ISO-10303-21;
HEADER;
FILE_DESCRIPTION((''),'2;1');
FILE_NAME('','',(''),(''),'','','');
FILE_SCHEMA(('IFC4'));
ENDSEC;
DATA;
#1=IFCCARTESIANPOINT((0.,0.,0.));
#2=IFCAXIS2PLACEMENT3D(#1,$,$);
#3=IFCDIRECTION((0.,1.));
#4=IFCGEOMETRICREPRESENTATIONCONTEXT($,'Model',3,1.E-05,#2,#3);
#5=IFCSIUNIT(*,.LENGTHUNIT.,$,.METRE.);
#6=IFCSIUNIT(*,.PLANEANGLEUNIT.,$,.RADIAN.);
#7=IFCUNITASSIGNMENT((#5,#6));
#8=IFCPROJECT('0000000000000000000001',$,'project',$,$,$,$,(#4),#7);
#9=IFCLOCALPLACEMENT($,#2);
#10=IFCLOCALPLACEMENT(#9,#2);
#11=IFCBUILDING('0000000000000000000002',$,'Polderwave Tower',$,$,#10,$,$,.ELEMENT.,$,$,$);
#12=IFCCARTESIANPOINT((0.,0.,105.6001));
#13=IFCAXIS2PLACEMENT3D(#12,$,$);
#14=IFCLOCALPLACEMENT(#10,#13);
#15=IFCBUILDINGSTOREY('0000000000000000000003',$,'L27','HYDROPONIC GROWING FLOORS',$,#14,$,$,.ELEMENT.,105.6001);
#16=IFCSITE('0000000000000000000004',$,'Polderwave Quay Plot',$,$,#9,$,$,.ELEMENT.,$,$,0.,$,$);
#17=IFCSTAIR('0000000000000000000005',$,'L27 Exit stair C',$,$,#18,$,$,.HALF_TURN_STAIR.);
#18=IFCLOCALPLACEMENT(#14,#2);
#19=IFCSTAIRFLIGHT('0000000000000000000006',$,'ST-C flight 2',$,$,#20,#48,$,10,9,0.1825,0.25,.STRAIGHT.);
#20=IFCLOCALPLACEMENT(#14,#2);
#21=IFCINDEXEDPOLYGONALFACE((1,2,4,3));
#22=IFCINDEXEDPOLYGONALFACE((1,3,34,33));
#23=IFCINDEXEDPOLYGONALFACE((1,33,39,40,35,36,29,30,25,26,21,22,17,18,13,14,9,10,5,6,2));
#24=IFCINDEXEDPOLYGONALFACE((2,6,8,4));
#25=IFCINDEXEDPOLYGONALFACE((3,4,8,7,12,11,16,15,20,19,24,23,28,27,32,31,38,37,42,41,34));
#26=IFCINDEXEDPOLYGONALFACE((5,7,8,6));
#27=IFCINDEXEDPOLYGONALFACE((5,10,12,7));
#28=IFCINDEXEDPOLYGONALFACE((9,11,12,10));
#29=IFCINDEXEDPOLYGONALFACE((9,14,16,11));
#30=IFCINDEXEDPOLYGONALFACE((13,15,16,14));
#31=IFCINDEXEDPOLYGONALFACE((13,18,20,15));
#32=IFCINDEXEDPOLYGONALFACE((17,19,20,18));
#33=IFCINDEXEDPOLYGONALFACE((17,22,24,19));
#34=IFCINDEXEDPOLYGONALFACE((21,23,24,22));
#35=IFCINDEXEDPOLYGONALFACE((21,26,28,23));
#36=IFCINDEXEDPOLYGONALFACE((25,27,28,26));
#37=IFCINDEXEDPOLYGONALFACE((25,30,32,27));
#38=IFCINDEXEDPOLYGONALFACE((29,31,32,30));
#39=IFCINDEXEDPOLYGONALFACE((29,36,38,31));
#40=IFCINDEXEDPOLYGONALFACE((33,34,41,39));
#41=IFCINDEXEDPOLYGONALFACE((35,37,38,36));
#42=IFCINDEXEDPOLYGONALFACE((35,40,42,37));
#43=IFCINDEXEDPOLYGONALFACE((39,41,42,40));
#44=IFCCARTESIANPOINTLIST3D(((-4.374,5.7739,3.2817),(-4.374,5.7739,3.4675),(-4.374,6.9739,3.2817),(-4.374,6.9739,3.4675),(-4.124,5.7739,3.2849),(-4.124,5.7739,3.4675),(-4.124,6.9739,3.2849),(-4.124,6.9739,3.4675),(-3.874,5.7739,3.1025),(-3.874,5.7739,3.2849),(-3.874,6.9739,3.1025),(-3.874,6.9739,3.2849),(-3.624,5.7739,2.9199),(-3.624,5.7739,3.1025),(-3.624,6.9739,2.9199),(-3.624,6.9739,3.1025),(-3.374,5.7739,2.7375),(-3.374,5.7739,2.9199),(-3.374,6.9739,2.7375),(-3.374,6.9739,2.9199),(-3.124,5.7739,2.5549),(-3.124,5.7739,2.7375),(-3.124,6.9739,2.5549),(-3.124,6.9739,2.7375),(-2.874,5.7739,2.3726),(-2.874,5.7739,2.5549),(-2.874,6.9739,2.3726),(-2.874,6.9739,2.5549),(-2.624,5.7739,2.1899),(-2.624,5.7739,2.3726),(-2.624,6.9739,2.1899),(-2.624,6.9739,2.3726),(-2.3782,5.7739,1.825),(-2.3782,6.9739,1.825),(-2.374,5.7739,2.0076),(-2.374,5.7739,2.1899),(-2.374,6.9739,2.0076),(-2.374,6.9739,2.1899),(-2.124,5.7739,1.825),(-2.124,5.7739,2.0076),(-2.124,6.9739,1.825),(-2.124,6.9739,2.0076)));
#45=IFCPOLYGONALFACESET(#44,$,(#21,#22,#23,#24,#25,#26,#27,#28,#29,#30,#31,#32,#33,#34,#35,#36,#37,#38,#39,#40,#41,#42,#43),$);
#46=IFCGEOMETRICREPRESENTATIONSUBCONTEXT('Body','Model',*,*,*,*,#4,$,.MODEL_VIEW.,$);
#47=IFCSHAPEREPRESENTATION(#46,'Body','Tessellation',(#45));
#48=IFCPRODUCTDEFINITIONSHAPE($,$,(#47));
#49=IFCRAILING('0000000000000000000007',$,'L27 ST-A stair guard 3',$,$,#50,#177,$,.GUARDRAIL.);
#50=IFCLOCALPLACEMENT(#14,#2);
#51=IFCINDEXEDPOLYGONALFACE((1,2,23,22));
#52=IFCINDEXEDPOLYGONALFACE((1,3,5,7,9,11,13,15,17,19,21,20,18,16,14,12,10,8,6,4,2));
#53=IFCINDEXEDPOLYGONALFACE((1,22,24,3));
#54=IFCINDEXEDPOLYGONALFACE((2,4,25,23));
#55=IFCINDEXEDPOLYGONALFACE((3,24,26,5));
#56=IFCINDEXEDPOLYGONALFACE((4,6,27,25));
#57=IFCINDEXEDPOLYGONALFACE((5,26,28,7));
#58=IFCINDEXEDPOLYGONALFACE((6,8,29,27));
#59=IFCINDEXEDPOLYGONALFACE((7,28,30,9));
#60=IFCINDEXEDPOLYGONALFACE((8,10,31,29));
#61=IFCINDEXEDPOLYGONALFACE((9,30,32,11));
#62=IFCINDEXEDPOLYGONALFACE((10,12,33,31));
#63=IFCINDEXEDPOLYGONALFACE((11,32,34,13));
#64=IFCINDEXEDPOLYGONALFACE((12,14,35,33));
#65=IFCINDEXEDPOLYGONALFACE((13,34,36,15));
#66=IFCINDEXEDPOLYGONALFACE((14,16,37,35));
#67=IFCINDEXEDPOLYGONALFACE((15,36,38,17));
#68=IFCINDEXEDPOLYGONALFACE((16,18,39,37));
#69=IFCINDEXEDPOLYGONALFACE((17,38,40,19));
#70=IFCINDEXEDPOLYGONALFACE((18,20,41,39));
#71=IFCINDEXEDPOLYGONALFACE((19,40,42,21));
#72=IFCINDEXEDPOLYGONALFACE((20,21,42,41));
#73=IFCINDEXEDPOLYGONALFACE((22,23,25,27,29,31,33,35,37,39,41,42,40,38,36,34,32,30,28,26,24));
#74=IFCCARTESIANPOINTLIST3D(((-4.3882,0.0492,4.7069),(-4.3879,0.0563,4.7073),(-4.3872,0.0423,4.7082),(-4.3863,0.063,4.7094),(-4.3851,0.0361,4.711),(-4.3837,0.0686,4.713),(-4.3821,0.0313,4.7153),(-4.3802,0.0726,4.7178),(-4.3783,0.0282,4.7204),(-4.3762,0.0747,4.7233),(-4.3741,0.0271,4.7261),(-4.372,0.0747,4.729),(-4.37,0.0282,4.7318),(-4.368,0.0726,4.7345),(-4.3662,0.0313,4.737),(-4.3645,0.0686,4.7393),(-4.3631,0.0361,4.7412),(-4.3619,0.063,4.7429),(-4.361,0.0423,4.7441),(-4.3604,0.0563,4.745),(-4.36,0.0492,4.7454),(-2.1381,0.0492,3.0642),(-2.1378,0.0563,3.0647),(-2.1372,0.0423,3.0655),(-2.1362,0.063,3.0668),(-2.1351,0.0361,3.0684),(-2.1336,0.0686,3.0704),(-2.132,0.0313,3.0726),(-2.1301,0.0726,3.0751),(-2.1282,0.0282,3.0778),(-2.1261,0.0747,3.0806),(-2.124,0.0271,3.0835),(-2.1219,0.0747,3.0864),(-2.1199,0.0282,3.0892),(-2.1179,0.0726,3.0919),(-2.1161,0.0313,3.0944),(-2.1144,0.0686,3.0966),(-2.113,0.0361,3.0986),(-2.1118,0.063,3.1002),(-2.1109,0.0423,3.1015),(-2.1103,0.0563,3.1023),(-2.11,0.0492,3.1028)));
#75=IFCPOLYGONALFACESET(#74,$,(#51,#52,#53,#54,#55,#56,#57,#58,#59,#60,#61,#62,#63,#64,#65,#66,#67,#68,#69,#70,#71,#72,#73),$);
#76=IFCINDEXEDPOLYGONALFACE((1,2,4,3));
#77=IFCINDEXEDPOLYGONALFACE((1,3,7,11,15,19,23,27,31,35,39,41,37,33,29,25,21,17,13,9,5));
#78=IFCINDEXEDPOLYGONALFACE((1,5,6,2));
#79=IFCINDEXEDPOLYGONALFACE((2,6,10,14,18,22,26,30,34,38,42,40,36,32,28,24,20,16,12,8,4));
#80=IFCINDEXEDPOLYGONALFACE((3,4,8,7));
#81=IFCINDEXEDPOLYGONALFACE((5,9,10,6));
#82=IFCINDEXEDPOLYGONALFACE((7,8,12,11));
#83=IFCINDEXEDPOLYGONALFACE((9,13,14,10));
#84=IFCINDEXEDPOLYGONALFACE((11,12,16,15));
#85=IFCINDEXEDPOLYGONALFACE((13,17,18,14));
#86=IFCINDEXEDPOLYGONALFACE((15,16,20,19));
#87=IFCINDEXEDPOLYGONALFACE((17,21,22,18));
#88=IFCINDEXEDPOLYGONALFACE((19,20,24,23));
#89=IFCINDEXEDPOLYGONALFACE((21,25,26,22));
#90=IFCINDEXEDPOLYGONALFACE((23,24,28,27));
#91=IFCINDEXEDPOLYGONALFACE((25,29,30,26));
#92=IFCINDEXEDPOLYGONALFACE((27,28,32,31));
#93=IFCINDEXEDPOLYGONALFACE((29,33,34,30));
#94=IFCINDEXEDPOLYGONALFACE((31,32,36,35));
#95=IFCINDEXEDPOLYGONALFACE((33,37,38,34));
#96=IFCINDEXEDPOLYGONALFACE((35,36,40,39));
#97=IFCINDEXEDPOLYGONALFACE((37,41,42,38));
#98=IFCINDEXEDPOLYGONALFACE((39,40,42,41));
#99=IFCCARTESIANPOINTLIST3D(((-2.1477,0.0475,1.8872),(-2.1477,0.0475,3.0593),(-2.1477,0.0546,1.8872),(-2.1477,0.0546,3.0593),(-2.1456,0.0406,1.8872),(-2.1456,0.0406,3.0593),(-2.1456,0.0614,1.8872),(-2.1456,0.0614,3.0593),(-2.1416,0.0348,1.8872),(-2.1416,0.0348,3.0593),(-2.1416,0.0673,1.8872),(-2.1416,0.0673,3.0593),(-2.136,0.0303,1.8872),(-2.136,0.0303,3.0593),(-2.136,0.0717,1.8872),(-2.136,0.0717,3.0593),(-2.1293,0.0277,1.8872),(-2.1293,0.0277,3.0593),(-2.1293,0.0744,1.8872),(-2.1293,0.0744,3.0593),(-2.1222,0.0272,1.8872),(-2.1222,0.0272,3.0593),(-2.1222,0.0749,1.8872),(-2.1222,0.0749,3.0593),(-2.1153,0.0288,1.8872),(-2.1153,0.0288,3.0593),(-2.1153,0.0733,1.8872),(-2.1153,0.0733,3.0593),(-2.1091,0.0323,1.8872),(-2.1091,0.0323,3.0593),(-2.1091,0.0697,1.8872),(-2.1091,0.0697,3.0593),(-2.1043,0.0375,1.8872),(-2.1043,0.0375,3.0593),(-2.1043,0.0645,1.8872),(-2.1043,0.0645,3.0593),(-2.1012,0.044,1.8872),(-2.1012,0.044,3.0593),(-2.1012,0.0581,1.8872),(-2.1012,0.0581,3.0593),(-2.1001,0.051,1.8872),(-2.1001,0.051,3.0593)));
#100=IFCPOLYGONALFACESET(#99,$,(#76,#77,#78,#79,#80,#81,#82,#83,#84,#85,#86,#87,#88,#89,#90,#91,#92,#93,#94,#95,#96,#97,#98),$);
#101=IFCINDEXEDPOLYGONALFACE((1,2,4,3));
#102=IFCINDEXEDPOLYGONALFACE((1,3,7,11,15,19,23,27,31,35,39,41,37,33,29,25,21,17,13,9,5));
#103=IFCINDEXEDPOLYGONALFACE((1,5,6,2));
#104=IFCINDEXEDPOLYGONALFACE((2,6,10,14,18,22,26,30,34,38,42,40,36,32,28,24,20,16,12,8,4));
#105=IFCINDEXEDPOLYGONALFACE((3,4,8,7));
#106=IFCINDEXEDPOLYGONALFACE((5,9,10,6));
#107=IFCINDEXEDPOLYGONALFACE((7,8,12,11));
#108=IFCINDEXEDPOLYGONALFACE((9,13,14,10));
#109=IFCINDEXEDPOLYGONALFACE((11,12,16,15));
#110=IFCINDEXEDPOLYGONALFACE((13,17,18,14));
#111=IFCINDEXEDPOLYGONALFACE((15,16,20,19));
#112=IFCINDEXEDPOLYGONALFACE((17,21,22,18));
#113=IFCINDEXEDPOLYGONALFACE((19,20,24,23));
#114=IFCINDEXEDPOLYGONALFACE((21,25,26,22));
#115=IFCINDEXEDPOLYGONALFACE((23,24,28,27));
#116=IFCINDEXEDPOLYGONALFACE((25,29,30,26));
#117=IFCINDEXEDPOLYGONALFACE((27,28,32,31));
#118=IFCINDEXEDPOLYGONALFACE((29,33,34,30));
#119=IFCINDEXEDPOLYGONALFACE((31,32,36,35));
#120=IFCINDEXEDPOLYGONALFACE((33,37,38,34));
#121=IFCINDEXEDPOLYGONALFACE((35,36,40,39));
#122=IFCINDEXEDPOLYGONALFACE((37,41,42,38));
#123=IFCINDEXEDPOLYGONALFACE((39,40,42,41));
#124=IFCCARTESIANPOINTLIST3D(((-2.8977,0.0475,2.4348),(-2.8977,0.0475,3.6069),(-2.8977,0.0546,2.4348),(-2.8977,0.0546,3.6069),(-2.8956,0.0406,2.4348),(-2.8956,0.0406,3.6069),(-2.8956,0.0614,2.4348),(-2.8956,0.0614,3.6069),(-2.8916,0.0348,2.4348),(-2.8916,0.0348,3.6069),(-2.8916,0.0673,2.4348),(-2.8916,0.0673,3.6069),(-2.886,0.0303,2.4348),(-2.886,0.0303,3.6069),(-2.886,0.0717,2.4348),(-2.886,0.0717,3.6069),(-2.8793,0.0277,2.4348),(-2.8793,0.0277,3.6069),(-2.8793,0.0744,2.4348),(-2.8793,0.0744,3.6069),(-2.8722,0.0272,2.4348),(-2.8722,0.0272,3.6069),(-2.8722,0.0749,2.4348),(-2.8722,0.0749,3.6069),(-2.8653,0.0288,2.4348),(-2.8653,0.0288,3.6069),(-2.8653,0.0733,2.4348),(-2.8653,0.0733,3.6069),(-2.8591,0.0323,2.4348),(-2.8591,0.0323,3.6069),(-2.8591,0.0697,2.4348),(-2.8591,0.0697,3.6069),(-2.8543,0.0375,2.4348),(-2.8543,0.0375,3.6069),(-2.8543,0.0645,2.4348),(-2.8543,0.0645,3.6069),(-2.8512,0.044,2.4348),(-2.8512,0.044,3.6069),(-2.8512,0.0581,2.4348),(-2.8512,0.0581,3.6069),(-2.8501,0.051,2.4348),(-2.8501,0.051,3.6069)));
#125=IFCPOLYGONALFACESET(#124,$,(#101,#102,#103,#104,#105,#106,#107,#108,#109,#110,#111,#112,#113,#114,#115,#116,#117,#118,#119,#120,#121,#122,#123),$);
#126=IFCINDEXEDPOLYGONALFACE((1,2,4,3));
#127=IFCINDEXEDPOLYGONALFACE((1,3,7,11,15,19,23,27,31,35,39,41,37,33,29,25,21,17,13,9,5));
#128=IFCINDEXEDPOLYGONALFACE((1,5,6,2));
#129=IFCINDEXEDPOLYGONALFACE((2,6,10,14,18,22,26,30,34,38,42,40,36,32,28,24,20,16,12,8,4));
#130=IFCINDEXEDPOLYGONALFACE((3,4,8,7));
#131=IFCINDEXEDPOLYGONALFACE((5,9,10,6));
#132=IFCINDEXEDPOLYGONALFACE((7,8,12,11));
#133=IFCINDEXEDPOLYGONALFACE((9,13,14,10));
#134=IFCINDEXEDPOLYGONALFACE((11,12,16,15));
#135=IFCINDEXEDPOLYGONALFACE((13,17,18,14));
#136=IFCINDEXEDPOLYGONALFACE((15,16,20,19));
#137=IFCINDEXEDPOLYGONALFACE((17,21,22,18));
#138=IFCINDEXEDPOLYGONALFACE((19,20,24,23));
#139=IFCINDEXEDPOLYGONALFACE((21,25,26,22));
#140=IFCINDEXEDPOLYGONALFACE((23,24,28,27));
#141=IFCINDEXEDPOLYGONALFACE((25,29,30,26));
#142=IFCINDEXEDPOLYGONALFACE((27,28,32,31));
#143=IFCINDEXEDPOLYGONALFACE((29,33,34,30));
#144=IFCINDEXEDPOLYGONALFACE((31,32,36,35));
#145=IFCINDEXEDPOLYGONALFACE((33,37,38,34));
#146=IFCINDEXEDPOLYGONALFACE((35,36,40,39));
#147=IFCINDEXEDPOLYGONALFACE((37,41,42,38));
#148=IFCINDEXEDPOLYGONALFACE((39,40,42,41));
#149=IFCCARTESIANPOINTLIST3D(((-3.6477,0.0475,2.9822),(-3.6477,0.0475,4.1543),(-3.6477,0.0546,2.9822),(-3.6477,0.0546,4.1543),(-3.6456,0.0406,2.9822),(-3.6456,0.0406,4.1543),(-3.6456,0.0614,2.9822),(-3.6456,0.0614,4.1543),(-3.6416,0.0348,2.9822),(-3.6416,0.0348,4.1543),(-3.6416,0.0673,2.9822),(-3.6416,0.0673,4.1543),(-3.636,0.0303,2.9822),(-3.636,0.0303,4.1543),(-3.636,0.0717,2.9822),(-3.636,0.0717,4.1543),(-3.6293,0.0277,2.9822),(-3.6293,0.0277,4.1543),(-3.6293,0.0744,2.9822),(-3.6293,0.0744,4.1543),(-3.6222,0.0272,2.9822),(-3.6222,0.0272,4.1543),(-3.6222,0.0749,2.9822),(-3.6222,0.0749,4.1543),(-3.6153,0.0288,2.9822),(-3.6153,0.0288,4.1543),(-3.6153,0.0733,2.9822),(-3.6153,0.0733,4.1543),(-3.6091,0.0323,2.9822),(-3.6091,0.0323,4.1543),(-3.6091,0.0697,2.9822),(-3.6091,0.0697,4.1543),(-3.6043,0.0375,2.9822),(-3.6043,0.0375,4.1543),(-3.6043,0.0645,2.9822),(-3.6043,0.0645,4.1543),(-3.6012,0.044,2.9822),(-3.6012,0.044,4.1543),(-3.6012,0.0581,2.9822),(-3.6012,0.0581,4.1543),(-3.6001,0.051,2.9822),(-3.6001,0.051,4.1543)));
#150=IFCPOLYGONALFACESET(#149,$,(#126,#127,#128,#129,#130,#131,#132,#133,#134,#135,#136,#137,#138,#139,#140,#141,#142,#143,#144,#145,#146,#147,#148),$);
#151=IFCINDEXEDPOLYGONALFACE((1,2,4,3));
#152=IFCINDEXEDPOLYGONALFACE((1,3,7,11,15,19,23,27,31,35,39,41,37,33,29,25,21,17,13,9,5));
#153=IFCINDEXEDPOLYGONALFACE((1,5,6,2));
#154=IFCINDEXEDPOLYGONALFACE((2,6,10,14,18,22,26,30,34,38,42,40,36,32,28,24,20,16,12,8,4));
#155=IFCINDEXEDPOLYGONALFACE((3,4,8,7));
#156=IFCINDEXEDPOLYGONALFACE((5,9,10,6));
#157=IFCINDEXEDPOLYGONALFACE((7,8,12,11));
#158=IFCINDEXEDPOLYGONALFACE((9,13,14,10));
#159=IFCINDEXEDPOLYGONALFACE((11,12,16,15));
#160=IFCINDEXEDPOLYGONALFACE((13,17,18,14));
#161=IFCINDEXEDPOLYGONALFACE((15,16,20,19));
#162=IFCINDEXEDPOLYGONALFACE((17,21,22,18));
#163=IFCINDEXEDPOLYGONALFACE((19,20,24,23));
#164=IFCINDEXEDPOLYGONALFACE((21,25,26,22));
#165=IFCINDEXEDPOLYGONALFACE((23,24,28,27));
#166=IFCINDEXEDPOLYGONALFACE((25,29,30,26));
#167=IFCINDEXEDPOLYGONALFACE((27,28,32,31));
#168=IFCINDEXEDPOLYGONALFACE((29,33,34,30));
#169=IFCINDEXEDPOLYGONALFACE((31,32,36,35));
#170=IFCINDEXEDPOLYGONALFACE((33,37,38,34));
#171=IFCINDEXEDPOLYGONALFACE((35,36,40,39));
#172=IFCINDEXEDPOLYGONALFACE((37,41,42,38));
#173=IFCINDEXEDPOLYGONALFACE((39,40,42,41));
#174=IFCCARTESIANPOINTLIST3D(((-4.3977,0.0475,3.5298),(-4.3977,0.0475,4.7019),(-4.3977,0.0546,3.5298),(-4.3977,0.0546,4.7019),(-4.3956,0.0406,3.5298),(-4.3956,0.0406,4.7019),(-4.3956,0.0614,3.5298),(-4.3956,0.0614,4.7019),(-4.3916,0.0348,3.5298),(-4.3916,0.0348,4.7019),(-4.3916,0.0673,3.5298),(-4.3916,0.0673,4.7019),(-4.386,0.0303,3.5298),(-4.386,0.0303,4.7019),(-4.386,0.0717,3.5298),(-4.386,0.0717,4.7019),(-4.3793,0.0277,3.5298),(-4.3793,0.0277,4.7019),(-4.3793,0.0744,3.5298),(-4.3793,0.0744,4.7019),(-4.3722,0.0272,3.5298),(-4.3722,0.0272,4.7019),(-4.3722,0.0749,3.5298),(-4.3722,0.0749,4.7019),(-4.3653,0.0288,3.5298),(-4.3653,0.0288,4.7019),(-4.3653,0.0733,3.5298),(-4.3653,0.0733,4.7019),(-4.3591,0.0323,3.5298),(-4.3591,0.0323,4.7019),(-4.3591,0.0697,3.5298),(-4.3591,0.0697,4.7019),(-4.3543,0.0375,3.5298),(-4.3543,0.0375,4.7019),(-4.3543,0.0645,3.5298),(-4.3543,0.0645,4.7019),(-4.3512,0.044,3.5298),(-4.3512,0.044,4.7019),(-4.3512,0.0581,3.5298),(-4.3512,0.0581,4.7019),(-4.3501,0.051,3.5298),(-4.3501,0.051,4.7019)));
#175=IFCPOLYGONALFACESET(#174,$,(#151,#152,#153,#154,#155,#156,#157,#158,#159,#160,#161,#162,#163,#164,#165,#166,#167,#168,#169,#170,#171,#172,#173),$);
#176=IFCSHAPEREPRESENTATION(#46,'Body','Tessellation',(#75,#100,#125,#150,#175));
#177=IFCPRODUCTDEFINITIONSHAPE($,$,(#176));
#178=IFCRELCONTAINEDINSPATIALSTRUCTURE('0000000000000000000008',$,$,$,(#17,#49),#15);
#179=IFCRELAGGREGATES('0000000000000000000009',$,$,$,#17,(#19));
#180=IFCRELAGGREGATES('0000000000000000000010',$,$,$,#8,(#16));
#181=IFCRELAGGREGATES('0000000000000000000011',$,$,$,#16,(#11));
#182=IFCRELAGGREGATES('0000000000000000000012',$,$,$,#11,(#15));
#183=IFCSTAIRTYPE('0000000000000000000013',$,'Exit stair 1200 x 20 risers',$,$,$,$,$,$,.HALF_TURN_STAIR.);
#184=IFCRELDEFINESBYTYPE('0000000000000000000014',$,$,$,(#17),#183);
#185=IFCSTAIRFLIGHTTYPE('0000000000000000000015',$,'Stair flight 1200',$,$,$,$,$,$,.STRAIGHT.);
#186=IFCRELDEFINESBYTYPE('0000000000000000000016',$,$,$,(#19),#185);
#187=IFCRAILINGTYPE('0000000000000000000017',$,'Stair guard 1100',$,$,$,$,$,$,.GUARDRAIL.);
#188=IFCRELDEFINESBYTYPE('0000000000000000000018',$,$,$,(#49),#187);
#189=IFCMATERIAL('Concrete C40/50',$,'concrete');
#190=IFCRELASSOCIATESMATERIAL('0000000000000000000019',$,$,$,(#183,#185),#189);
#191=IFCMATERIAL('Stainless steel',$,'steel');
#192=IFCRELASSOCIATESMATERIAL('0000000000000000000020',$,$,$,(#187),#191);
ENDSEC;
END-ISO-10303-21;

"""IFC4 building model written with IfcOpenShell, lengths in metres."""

from ifc_helpers import new_model, si_unit, direction, frame, origin, origin_2d, place, context, subcontext, project, spatial, polyline, circle, outline, extrude, material, type_object, element, aggregate, save


model = new_model("IFC4")

# Units and contexts
model_context = context("Model", 3, precision=1e-05, world=origin(), true_north=direction((0.0, 1.0)))
body_context = subcontext(model_context, "Body", "Model", "MODEL_VIEW")
ifc_project = project(units=[si_unit("LENGTHUNIT", "METRE"), si_unit("PLANEANGLEUNIT", "RADIAN")], contexts=[model_context])

# Site, building, storey
site_placement = place(None, origin())
site = spatial("IfcSite", under=ifc_project, at=site_placement, Name="Polderwave Quay Plot", CompositionType="ELEMENT", RefElevation=0.0)
building_placement = place(site_placement, origin())
building = spatial("IfcBuilding", under=site, at=building_placement, Name="Polderwave Tower", CompositionType="ELEMENT")
storey_placement = place(building_placement, frame((0.0, 0.0, 105.6001)))
storey = spatial("IfcBuildingStorey", under=building, at=storey_placement, Name="L27", Description="HYDROPONIC GROWING FLOORS", CompositionType="ELEMENT", Elevation=105.6001)

# Shared definitions
ifc_material_1 = material(Name="Concrete C40/50", Category="concrete")
stair_type = type_object("IfcStairType", Name="Exit stair 1200 x 20 risers", PredefinedType="HALF_TURN_STAIR", material=ifc_material_1)
stair_flight_type = type_object("IfcStairFlightType", Name="Stair flight 1200", PredefinedType="STRAIGHT", material=ifc_material_1)

# Stair, stair flight
stair_1_placement = place(storey_placement, origin())
stair_1 = element("IfcStair", 1, at=stair_1_placement, inside=storey, type_object=stair_type, Name="L27 Exit stair C", PredefinedType="HALF_TURN_STAIR")
stair_flight_1_placement = place(storey_placement, frame((-2.124, 6.374, 1.825), z_axis=(0.0, 0.0, 1.0), x_axis=(-1.0, 0.0, 0.0)))
stair_flight_1 = element("IfcStairFlight", 2, at=stair_flight_1_placement, type_object=stair_flight_type, Name="ST-C flight 2", NumberOfRisers=10, NumberOfTreads=9, PredefinedType="STRAIGHT", RiserHeight=0.1825, TreadLength=0.25, context=body_context, shape_type="SweptSolid", body=[
    extrude(outline(polyline([(0.0, 0.0), (0.0, 0.1826), (0.25, 0.1826), (0.25, 0.365), (0.5, 0.365), (0.5, 0.5476), (0.75, 0.5476), (0.75, 0.73), (1.0, 0.73), (1.0, 0.9126), (1.25, 0.9126), (1.25, 1.095), (1.5, 1.095), (1.5, 1.2776), (1.75, 1.2776), (1.75, 1.46), (2.0, 1.46), (2.0, 1.6426), (2.25, 1.6426), (2.25, 1.825), (2.25, 1.4568), (0.2542, 0.0), (0.0, 0.0)])), frame((0.0, 0.6001, 0.0), z_axis=(0.0, -1.0, 0.0), x_axis=(1.0, 0.0, 0.0)), (0.0, 0.0, 1.0), 1.2),
])
aggregate(stair_1, [stair_flight_1])

# Railing
ifc_material_2 = material(Name="Stainless steel", Category="steel")
railing_type_1 = type_object("IfcRailingType", Name="Stair guard 1100", PredefinedType="GUARDRAIL", material=ifc_material_2)
railing_1_placement = place(storey_placement, frame((-2.124, 0.051, 1.8872)))
element("IfcRailing", 3, at=railing_1_placement, inside=storey, type_object=railing_type_1, Name="L27 ST-A stair guard 3", PredefinedType="GUARDRAIL", context=body_context, shape_type="SweptSolid", body=[
    extrude(circle(Radius=0.0239, at=origin_2d()), frame((0.0, 0.0, 1.1963), z_axis=(-0.807674, 0.0, 0.58963), x_axis=(0.0, -1.0, 0.0)), (0.0, 0.0, 1.0), 2.7859),
    extrude(circle(Radius=0.0239, at=origin_2d()), origin(), (0.0, 0.0, 1.0), 1.1721),
    extrude(circle(Radius=0.0239, at=origin_2d()), frame((-0.75, 0.0, 0.5476)), (0.0, 0.0, 1.0), 1.1721),
    extrude(circle(Radius=0.0239, at=origin_2d()), frame((-1.5, 0.0, 1.095)), (0.0, 0.0, 1.0), 1.1721),
    extrude(circle(Radius=0.0239, at=origin_2d()), frame((-2.25, 0.0, 1.6426)), (0.0, 0.0, 1.0), 1.1721),
])

save(model, "model.ifc")
